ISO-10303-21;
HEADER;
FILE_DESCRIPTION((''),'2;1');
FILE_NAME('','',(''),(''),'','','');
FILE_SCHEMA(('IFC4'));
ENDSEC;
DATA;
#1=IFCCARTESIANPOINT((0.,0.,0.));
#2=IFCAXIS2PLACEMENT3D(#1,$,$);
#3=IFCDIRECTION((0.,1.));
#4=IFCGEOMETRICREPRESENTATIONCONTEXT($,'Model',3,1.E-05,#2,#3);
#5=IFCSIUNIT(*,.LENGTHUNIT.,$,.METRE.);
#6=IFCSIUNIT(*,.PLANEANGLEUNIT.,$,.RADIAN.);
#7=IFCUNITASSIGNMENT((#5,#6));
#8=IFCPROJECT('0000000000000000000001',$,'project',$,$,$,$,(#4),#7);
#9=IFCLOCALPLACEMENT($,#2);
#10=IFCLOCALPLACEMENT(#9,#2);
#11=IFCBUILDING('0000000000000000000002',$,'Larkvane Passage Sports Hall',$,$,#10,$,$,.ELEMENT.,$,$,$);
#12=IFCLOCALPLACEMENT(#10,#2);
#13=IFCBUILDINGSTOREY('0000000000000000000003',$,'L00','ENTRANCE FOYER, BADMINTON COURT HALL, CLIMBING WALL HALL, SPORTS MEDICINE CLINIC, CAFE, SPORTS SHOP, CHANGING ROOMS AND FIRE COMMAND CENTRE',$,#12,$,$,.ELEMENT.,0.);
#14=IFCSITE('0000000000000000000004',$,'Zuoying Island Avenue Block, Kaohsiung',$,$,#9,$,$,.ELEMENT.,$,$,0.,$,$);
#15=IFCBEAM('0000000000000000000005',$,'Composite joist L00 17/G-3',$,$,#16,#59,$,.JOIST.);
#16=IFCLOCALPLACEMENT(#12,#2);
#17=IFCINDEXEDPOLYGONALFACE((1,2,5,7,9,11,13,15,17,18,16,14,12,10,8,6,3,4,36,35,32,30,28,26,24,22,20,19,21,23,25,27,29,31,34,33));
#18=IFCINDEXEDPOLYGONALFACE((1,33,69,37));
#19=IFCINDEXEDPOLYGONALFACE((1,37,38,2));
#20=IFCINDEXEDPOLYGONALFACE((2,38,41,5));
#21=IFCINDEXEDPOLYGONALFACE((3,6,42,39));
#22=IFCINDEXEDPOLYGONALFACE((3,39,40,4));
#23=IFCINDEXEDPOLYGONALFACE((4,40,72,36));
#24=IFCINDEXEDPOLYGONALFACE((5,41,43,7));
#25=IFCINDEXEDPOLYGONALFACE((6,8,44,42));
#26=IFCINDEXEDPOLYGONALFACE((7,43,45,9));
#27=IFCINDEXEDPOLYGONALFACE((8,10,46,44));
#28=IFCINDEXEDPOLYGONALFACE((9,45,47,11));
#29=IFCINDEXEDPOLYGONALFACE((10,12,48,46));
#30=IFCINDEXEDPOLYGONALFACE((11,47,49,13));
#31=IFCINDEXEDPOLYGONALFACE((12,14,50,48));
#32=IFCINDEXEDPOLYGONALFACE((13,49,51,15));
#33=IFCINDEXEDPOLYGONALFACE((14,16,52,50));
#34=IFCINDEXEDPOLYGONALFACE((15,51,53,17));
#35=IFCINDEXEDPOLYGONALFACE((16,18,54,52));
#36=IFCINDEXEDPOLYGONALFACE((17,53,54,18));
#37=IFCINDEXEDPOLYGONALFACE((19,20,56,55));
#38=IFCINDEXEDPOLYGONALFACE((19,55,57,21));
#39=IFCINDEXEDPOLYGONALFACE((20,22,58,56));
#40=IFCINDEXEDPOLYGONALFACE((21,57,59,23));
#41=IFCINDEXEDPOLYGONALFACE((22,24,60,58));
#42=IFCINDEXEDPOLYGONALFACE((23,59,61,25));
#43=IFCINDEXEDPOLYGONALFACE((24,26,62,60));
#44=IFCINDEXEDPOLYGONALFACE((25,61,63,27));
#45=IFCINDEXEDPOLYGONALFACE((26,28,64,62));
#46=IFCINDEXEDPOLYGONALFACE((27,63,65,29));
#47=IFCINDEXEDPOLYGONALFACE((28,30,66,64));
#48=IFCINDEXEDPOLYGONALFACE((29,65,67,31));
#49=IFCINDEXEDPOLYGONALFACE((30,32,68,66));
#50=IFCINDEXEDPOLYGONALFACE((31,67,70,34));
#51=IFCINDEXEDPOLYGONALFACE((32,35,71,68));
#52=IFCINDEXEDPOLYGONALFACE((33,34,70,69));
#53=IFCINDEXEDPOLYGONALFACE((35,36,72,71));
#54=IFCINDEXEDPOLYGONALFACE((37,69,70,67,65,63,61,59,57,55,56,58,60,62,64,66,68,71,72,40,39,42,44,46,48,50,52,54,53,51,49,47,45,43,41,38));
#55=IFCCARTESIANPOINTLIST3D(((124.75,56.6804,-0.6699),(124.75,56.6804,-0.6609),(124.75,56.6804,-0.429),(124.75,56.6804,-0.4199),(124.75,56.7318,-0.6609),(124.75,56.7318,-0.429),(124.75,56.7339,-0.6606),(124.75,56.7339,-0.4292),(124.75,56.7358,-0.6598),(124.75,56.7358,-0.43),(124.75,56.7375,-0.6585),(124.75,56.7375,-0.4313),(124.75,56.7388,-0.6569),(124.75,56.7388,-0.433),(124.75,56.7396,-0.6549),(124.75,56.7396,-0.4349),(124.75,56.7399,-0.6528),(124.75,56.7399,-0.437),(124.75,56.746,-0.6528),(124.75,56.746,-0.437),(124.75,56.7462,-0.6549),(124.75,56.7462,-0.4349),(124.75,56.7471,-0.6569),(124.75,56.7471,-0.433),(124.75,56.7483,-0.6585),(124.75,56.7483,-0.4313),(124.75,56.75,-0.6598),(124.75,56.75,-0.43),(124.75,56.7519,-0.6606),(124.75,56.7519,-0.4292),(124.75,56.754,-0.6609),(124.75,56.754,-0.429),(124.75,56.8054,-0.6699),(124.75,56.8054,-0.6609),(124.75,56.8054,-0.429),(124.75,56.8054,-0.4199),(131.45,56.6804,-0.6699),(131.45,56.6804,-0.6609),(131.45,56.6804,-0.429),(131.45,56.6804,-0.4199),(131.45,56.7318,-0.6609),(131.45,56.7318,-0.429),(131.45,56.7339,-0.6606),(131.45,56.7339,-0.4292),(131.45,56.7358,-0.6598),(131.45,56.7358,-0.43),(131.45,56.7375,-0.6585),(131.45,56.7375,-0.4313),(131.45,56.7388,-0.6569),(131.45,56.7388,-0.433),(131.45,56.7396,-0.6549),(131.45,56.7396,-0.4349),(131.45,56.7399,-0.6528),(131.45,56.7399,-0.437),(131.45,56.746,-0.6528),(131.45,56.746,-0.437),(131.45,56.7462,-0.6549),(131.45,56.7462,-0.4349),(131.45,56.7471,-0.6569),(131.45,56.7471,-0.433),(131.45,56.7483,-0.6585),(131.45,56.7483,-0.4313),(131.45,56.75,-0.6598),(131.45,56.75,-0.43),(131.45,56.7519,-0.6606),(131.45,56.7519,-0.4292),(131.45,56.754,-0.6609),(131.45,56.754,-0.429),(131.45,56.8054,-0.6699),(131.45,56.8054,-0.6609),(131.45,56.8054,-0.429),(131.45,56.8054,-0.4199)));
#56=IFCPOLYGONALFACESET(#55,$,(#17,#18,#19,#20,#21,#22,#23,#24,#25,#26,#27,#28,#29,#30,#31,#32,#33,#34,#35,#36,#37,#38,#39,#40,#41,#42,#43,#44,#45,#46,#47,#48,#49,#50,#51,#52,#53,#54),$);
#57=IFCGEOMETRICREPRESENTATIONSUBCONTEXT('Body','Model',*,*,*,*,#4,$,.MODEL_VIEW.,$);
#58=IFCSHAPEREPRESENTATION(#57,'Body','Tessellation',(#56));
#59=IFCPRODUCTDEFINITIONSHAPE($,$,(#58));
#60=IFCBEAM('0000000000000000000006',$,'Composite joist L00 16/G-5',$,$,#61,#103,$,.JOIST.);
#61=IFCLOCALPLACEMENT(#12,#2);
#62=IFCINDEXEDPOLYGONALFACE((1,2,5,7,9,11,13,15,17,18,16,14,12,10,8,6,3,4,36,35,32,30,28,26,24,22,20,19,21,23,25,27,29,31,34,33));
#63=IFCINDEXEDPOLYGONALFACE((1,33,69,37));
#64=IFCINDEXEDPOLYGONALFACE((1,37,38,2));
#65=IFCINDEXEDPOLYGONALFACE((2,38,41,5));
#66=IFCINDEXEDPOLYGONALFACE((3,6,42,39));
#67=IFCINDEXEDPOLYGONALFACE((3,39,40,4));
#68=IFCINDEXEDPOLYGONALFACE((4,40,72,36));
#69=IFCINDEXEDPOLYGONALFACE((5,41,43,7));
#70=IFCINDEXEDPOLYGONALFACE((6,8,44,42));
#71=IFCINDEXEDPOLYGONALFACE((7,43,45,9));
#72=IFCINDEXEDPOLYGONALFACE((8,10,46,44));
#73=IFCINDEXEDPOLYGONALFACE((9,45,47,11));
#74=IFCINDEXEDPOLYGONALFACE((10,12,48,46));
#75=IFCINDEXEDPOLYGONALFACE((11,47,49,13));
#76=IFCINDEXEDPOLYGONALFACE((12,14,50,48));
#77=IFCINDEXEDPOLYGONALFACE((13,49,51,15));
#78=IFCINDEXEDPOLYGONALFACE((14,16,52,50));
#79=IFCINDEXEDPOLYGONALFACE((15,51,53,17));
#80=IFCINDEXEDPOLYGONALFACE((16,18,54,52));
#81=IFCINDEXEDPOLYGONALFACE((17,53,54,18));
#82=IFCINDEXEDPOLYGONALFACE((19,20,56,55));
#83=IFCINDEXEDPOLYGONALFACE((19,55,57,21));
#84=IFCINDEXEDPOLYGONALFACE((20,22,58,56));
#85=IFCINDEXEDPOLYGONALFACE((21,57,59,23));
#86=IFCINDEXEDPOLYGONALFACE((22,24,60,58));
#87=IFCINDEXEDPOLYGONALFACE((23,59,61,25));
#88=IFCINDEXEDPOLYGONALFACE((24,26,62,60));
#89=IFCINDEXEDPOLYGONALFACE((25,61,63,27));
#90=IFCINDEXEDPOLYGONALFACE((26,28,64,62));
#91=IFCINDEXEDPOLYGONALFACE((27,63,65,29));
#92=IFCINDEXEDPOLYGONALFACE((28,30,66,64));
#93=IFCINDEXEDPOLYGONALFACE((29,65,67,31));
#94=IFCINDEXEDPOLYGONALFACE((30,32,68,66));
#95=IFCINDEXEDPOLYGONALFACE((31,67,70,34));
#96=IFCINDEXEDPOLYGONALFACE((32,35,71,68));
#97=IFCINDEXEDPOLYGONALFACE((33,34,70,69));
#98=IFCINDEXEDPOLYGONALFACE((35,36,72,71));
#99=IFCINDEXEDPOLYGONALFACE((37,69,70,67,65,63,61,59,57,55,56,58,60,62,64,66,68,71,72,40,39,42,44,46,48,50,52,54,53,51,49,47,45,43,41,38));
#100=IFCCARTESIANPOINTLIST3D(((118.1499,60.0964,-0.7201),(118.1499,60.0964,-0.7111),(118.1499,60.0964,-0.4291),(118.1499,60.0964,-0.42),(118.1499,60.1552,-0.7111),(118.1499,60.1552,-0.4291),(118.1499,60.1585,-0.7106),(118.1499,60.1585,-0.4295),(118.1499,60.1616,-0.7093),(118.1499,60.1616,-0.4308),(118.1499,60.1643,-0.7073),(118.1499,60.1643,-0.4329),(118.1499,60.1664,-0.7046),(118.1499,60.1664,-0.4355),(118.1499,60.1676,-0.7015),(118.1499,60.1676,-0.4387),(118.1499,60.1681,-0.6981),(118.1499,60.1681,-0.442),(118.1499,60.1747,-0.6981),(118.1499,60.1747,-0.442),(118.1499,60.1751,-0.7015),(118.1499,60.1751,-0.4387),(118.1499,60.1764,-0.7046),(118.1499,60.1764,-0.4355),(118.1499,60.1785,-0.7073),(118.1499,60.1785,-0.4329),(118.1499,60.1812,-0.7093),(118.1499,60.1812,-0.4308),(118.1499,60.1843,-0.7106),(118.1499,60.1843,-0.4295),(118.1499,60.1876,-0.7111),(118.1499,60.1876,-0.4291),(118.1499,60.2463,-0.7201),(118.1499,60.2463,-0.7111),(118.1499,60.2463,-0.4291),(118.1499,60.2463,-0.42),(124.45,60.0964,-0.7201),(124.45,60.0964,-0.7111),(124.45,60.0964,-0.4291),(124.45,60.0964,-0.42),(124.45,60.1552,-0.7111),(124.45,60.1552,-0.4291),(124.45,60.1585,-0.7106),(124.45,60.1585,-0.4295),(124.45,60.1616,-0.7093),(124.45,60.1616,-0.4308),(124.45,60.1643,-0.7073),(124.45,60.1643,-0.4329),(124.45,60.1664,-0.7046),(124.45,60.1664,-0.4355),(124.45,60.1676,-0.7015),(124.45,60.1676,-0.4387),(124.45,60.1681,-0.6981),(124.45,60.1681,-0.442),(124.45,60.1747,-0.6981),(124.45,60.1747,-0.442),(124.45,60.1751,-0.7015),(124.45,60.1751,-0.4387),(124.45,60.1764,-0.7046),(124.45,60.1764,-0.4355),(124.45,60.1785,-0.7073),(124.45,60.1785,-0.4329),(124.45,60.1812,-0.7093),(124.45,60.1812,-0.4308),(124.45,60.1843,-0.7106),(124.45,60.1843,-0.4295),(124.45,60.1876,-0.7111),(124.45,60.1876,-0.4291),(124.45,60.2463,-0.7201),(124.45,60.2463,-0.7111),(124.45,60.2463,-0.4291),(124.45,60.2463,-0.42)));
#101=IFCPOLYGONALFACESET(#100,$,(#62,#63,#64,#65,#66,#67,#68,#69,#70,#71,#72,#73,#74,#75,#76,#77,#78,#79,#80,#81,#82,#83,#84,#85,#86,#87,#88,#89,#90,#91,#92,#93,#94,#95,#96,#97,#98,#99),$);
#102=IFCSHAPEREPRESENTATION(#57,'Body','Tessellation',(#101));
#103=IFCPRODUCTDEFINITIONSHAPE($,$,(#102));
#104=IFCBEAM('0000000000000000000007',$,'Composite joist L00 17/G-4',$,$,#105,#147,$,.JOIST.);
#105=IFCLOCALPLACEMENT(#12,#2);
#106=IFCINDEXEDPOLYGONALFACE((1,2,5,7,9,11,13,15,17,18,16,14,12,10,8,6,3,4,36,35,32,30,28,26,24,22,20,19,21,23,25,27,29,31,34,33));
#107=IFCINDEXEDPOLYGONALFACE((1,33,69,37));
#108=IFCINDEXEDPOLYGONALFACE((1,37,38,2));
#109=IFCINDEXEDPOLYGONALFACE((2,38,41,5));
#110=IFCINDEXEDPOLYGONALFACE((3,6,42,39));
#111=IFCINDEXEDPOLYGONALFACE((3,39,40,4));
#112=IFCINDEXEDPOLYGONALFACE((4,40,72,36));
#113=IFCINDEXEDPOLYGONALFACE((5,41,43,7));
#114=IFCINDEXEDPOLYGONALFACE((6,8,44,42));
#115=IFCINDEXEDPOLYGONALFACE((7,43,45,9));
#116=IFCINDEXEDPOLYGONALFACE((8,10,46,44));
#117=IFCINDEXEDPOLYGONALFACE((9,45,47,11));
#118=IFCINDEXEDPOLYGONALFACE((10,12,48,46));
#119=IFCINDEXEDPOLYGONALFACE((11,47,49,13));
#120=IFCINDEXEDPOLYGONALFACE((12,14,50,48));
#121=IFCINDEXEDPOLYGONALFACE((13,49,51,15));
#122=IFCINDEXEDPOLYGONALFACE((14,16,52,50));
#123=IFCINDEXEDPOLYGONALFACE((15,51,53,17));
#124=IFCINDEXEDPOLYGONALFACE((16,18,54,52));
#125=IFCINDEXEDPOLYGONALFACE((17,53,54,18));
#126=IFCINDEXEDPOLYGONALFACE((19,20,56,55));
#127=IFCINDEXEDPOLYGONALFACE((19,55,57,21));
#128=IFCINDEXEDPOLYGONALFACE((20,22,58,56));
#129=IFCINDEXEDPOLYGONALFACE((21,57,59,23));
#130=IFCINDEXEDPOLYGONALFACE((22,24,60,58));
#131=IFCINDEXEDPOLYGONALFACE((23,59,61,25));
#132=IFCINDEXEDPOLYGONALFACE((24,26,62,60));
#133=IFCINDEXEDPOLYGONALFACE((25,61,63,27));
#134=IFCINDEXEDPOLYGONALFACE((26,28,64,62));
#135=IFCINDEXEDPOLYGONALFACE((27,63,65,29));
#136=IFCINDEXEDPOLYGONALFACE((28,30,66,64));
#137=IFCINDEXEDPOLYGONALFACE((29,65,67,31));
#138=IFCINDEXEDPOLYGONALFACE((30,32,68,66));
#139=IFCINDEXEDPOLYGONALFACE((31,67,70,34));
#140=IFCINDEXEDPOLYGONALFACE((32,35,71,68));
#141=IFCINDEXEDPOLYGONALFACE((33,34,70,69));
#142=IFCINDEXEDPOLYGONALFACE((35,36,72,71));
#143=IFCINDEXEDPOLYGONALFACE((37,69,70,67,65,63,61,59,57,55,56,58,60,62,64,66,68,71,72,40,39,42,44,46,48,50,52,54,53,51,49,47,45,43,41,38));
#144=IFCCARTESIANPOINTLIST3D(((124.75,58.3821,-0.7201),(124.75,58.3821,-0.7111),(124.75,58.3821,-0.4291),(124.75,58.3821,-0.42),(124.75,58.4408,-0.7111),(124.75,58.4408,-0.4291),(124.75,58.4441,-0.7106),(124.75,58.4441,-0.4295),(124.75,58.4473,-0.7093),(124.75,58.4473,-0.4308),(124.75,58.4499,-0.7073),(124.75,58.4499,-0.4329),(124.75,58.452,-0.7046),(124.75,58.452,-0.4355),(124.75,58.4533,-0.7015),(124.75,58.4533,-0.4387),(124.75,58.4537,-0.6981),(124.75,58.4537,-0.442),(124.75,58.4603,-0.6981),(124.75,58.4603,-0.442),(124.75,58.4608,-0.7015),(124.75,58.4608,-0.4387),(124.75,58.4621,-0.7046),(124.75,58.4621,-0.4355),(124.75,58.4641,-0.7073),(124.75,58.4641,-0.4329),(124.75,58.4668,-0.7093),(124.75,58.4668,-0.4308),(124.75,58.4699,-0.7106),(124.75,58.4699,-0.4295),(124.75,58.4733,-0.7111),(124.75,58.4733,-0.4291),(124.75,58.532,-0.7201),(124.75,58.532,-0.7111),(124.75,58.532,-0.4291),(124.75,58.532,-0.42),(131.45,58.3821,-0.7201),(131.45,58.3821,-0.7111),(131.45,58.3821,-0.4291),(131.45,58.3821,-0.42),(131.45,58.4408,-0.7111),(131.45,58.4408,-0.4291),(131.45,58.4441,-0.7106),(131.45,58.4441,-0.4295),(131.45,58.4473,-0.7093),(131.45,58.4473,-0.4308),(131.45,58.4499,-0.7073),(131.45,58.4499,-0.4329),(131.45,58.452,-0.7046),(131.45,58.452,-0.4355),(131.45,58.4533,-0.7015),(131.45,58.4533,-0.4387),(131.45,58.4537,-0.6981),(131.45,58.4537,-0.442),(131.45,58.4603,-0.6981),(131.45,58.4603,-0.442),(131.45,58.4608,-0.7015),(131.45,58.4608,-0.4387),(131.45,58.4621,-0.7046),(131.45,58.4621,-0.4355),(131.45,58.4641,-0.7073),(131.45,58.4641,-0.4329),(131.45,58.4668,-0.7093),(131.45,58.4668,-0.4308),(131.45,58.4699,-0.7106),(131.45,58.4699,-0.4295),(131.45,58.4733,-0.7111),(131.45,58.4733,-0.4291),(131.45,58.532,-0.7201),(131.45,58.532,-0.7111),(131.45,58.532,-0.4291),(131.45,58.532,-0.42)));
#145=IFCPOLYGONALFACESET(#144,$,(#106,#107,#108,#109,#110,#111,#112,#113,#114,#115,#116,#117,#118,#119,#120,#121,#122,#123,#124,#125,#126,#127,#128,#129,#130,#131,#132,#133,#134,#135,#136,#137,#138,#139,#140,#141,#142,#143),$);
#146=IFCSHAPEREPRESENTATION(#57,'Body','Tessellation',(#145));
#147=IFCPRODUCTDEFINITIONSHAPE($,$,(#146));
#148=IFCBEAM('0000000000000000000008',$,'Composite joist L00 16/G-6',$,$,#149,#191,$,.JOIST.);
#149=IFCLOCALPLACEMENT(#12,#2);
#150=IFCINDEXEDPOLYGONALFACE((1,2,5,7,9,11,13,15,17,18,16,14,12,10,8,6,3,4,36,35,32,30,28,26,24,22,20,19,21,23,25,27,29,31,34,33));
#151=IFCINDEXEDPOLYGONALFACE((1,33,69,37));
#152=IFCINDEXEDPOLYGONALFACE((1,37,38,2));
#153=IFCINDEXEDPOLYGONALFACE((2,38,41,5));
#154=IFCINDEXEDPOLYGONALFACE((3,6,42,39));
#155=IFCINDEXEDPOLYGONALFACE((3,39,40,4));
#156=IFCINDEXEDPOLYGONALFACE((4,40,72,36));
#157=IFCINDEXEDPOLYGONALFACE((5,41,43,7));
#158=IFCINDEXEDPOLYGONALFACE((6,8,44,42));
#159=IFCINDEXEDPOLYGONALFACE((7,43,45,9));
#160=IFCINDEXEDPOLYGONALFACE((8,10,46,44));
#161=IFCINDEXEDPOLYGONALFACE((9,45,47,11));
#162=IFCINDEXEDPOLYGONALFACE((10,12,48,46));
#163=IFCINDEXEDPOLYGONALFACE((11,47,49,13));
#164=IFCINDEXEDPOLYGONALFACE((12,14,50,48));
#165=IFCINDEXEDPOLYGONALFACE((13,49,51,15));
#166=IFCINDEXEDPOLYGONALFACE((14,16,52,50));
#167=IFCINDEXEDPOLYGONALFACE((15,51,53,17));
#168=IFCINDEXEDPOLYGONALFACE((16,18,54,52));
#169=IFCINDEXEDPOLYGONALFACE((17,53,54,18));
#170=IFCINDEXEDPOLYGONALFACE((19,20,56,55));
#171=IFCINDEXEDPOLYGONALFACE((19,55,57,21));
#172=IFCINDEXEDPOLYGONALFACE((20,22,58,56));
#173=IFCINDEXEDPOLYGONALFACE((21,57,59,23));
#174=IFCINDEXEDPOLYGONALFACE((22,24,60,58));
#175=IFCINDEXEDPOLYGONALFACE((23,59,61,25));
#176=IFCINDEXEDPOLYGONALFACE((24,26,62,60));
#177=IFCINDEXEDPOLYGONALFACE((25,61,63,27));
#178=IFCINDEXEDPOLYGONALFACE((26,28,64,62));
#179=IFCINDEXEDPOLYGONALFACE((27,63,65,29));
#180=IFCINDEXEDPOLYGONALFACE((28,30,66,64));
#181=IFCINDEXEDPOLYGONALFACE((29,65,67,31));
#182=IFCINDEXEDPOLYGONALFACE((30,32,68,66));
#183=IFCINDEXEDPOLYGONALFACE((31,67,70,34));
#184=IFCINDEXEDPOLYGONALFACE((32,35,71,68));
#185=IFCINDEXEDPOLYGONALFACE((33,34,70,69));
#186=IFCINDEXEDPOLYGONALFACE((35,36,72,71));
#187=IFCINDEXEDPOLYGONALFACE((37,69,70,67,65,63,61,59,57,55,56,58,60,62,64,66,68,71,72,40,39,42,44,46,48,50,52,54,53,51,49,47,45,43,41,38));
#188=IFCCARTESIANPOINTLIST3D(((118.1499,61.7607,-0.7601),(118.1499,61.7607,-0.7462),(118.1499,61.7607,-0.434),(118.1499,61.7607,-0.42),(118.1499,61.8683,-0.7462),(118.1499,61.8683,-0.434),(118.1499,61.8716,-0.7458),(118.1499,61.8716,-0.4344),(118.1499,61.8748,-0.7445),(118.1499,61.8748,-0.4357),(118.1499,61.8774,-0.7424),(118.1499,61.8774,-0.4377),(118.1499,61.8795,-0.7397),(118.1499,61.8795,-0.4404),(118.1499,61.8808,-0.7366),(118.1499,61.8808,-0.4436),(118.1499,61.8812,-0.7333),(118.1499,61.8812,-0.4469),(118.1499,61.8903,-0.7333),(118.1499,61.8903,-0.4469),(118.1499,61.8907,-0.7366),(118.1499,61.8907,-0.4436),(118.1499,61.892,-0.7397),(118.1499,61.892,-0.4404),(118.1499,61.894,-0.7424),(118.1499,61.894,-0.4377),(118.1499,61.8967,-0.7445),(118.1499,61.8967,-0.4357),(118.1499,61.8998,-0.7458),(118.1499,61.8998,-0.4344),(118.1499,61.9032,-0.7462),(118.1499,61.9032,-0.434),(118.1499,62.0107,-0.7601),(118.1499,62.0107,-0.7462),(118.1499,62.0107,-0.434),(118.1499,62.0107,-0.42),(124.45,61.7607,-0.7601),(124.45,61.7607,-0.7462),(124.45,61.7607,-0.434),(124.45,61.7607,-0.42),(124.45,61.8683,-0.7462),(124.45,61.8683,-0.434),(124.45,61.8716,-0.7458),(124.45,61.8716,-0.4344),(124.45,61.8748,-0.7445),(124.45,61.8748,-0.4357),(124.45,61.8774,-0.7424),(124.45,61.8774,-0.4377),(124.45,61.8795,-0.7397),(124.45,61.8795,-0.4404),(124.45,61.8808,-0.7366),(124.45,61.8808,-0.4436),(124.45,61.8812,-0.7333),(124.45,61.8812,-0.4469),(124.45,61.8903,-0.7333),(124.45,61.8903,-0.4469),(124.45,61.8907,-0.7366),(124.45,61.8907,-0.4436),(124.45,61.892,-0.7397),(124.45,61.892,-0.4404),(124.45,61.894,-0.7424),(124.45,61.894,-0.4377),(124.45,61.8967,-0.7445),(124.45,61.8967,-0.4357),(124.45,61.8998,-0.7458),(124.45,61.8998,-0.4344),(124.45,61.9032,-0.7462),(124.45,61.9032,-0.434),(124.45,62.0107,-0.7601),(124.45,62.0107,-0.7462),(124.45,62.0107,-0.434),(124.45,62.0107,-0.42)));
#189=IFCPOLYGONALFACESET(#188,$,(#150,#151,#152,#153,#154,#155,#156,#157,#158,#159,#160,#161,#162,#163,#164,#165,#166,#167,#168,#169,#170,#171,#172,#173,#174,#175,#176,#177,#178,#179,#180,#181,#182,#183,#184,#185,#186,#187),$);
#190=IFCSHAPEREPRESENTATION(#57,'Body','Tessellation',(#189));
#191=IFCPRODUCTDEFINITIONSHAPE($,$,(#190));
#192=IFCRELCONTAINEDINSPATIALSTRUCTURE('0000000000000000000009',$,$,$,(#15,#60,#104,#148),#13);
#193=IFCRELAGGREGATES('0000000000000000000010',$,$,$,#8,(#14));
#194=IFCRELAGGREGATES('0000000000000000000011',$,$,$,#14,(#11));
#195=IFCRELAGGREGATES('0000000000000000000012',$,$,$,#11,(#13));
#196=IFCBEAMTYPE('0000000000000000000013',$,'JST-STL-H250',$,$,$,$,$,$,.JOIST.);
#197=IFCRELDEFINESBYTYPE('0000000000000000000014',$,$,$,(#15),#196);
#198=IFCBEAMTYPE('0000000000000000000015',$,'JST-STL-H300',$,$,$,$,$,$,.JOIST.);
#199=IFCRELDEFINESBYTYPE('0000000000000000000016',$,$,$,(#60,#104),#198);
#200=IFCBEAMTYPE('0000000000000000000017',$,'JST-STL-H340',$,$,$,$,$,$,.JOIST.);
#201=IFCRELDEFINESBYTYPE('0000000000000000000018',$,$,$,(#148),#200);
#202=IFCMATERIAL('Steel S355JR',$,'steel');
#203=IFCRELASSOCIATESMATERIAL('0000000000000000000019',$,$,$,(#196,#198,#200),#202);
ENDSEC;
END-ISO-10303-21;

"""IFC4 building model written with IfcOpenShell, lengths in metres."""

from ifc_helpers import new_model, si_unit, direction, frame, origin, origin_2d, place, context, subcontext, project, spatial, i_section, extrude, material, material_profile, profile_set, type_object, element, save


model = new_model("IFC4")

# Units and contexts
model_context = context("Model", 3, precision=1e-05, world=origin(), true_north=direction((0.0, 1.0)))
body_context = subcontext(model_context, "Body", "Model", "MODEL_VIEW")
ifc_project = project(units=[si_unit("LENGTHUNIT", "METRE"), si_unit("PLANEANGLEUNIT", "RADIAN")], contexts=[model_context])

# Site, building, storey
site_placement = place(None, origin())
site = spatial("IfcSite", under=ifc_project, at=site_placement, Name="Zuoying Island Avenue Block, Kaohsiung", CompositionType="ELEMENT", RefElevation=0.0)
building_placement = place(site_placement, origin())
building = spatial("IfcBuilding", under=site, at=building_placement, Name="Larkvane Passage Sports Hall", CompositionType="ELEMENT")
storey_placement = place(building_placement, origin())
storey = spatial("IfcBuildingStorey", under=building, at=storey_placement, Name="L00", Description="ENTRANCE FOYER, BADMINTON COURT HALL, CLIMBING WALL HALL, SPORTS MEDICINE CLINIC, CAFE, SPORTS SHOP, CHANGING ROOMS AND FIRE COMMAND CENTRE", CompositionType="ELEMENT", Elevation=0.0)

# Beams
ifc_material_1 = material(Name="Steel S355JR", Category="steel")
ifc_material_profile_1 = material_profile(ifc_material_1, i_section(OverallWidth=0.125, OverallDepth=0.25, WebThickness=0.0061, FlangeThickness=0.009, FilletRadius=0.0081, at=origin_2d()), Name="H-250x125x6x9")
ifc_profile_set_1 = profile_set([ifc_material_profile_1], Name="Steel S355JR")
beam_type_1 = type_object("IfcBeamType", Name="JST-STL-H250", PredefinedType="JOIST", material=ifc_profile_set_1)
beam_1_placement = place(storey_placement, frame((124.75, 56.7429, -0.5449), z_axis=(1.0, 0.0, 0.0), x_axis=(0.0, 1.0, 0.0)))
element("IfcBeam", 1, at=beam_1_placement, inside=storey, type_object=beam_type_1, Name="Composite joist L00 17/G-3", PredefinedType="JOIST", context=body_context, shape_type="SweptSolid", body=[
    extrude(i_section(OverallWidth=0.125, OverallDepth=0.25, WebThickness=0.0061, FlangeThickness=0.009, FilletRadius=0.0081, at=origin_2d()), origin(), (0.0, 0.0, 1.0), 6.7),
])
ifc_material_profile_2 = material_profile(ifc_material_1, i_section(OverallWidth=0.1499, OverallDepth=0.3, WebThickness=0.0066, FlangeThickness=0.009, FilletRadius=0.0129, at=origin_2d()), Name="H-300x150x6.5x9")
ifc_profile_set_2 = profile_set([ifc_material_profile_2], Name="Steel S355JR")
beam_type_2 = type_object("IfcBeamType", Name="JST-STL-H300", PredefinedType="JOIST", material=ifc_profile_set_2)
beam_2_placement = place(storey_placement, frame((118.1499, 60.1714, -0.5701), z_axis=(1.0, 0.0, 0.0), x_axis=(0.0, 1.0, 0.0)))
element("IfcBeam", 2, at=beam_2_placement, inside=storey, type_object=beam_type_2, Name="Composite joist L00 16/G-5", PredefinedType="JOIST", context=body_context, shape_type="SweptSolid", body=[
    extrude(i_section(OverallWidth=0.1499, OverallDepth=0.3, WebThickness=0.0066, FlangeThickness=0.009, FilletRadius=0.0129, at=origin_2d()), origin(), (0.0, 0.0, 1.0), 6.3),
])
beam_3_placement = place(storey_placement, frame((124.75, 58.457, -0.5701), z_axis=(1.0, 0.0, 0.0), x_axis=(0.0, 1.0, 0.0)))
element("IfcBeam", 3, at=beam_3_placement, inside=storey, type_object=beam_type_2, Name="Composite joist L00 17/G-4", PredefinedType="JOIST", context=body_context, shape_type="SweptSolid", body=[
    extrude(i_section(OverallWidth=0.1499, OverallDepth=0.3, WebThickness=0.0066, FlangeThickness=0.009, FilletRadius=0.0129, at=origin_2d()), origin(), (0.0, 0.0, 1.0), 6.7),
])
ifc_material_profile_3 = material_profile(ifc_material_1, i_section(OverallWidth=0.25, OverallDepth=0.3401, WebThickness=0.009, FlangeThickness=0.0139, FilletRadius=0.0129, at=origin_2d()), Name="H-340x250x9x14")
ifc_profile_set_3 = profile_set([ifc_material_profile_3], Name="Steel S355JR")
beam_type_3 = type_object("IfcBeamType", Name="JST-STL-H340", PredefinedType="JOIST", material=ifc_profile_set_3)
beam_4_placement = place(storey_placement, frame((118.1499, 61.8857, -0.5901), z_axis=(1.0, 0.0, 0.0), x_axis=(0.0, 1.0, 0.0)))
element("IfcBeam", 4, at=beam_4_placement, inside=storey, type_object=beam_type_3, Name="Composite joist L00 16/G-6", PredefinedType="JOIST", context=body_context, shape_type="SweptSolid", body=[
    extrude(i_section(OverallWidth=0.25, OverallDepth=0.3401, WebThickness=0.009, FlangeThickness=0.0139, FilletRadius=0.0129, at=origin_2d()), origin(), (0.0, 0.0, 1.0), 6.3),
])

save(model, "model.ifc")
